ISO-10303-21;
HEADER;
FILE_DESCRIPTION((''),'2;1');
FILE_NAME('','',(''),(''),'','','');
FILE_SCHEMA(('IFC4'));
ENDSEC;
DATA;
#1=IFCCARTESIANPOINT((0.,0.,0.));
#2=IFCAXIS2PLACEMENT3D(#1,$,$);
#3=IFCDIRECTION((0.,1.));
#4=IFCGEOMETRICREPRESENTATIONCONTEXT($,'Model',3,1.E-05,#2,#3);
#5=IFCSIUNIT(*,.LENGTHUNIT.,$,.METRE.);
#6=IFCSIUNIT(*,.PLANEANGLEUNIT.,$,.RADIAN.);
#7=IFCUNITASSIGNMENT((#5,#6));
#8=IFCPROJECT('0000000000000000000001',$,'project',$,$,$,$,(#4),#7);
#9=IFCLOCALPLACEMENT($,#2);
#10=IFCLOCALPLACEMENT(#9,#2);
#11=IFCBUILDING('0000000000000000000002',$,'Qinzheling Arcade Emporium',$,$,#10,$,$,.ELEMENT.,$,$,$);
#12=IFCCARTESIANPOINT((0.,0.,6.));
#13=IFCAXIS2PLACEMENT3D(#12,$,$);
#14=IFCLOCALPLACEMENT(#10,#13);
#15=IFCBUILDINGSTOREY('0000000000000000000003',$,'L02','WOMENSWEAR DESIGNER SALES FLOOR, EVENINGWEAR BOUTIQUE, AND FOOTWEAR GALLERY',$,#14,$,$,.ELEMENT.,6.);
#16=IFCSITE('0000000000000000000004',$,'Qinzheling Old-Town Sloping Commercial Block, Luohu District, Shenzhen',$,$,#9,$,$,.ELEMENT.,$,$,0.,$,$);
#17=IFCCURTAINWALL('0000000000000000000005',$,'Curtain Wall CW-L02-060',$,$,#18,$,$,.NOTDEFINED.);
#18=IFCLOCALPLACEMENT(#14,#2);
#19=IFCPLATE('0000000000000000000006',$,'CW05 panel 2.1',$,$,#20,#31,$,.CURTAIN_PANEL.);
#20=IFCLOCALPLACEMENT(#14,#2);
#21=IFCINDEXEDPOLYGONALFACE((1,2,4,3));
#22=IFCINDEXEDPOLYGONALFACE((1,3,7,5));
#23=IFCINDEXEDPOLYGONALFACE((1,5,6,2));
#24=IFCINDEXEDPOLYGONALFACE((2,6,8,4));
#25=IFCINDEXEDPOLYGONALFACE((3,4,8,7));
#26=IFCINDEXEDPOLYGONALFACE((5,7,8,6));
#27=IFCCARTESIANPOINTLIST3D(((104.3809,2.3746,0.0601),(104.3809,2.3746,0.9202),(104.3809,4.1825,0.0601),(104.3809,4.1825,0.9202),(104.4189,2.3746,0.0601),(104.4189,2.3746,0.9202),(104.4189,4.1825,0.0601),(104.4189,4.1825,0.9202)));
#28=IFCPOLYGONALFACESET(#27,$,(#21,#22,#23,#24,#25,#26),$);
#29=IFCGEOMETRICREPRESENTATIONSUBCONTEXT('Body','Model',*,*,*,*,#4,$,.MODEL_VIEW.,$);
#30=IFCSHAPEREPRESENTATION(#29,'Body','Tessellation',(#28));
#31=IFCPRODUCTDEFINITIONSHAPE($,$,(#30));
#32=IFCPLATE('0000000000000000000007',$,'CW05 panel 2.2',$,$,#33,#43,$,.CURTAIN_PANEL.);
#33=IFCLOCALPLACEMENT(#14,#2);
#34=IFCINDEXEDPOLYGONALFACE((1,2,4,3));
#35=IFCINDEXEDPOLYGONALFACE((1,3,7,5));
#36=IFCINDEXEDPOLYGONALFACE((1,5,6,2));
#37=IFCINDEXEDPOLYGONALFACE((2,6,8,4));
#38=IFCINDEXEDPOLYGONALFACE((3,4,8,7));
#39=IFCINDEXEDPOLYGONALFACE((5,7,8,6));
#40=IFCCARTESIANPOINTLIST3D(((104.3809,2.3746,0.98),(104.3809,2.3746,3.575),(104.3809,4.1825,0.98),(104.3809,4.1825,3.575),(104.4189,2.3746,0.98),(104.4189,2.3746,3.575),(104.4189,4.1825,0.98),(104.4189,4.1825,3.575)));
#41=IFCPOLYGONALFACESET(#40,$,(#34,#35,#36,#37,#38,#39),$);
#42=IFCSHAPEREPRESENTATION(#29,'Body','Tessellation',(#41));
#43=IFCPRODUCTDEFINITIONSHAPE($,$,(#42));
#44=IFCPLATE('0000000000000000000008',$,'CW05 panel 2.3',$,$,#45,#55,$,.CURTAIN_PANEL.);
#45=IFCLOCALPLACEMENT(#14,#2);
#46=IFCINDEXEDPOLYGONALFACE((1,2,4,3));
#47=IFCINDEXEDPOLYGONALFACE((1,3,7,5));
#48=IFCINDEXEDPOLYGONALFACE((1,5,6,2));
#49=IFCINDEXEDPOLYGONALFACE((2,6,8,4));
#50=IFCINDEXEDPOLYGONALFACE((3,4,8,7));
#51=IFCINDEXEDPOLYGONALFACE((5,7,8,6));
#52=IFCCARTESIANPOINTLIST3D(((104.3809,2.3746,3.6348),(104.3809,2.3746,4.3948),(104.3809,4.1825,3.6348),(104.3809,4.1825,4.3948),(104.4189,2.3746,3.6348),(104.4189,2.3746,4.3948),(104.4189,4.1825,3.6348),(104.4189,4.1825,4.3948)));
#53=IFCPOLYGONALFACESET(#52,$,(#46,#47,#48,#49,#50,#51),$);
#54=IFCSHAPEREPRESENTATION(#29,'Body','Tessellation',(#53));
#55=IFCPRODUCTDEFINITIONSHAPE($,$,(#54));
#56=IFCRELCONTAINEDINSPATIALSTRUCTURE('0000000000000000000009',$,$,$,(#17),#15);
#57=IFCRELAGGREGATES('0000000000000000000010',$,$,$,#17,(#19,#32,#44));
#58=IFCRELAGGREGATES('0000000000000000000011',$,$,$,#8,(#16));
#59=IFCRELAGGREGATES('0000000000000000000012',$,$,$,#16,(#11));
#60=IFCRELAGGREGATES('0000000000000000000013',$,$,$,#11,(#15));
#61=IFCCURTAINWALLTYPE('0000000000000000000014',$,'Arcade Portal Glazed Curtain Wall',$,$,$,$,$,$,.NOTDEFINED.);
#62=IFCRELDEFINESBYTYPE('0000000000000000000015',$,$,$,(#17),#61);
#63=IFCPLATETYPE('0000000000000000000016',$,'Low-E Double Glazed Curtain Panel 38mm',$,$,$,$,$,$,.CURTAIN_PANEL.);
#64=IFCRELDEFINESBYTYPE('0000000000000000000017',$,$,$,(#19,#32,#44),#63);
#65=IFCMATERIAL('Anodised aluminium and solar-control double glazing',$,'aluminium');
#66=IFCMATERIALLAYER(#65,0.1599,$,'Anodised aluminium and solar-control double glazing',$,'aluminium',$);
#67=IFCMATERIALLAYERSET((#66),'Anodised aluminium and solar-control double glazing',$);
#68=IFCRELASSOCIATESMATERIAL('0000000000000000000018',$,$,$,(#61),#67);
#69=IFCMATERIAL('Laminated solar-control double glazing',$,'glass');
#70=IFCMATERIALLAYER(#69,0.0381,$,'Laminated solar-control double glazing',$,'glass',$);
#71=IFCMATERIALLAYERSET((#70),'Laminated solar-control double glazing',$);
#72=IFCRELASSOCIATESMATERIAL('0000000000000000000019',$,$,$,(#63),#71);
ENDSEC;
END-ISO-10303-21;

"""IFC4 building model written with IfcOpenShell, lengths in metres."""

from ifc_helpers import new_model, si_unit, direction, frame, origin, origin_2d, place, context, subcontext, project, spatial, rectangle, extrude, material, layer, layer_set, type_object, element, aggregate, save


model = new_model("IFC4")

# Units and contexts
model_context = context("Model", 3, precision=1e-05, world=origin(), true_north=direction((0.0, 1.0)))
body_context = subcontext(model_context, "Body", "Model", "MODEL_VIEW")
ifc_project = project(units=[si_unit("LENGTHUNIT", "METRE"), si_unit("PLANEANGLEUNIT", "RADIAN")], contexts=[model_context])

# Site, building, storey
site_placement = place(None, origin())
site = spatial("IfcSite", under=ifc_project, at=site_placement, Name="Qinzheling Old-Town Sloping Commercial Block, Luohu District, Shenzhen", CompositionType="ELEMENT", RefElevation=0.0)
building_placement = place(site_placement, origin())
building = spatial("IfcBuilding", under=site, at=building_placement, Name="Qinzheling Arcade Emporium", CompositionType="ELEMENT")
storey_placement = place(building_placement, frame((0.0, 0.0, 6.0)))
storey = spatial("IfcBuildingStorey", under=building, at=storey_placement, Name="L02", Description="WOMENSWEAR DESIGNER SALES FLOOR, EVENINGWEAR BOUTIQUE, AND FOOTWEAR GALLERY", CompositionType="ELEMENT", Elevation=6.0)

# Curtain wall
ifc_material_1 = material(Name="Anodised aluminium and solar-control double glazing", Category="aluminium")
ifc_layer_1 = layer(ifc_material_1, 0.1599, Name="Anodised aluminium and solar-control double glazing", Category="aluminium")
ifc_layer_set_1 = layer_set([ifc_layer_1], Name="Anodised aluminium and solar-control double glazing")
curtain_wall_type = type_object("IfcCurtainWallType", Name="Arcade Portal Glazed Curtain Wall", PredefinedType="NOTDEFINED", material=ifc_layer_set_1)
curtain_wall_placement = place(storey_placement, origin())
curtain_wall = element("IfcCurtainWall", 1, at=curtain_wall_placement, inside=storey, type_object=curtain_wall_type, Name="Curtain Wall CW-L02-060", PredefinedType="NOTDEFINED")

# Plates
ifc_material_2 = material(Name="Laminated solar-control double glazing", Category="glass")
ifc_layer_2 = layer(ifc_material_2, 0.0381, Name="Laminated solar-control double glazing", Category="glass")
ifc_layer_set_2 = layer_set([ifc_layer_2], Name="Laminated solar-control double glazing")
plate_type = type_object("IfcPlateType", Name="Low-E Double Glazed Curtain Panel 38mm", PredefinedType="CURTAIN_PANEL", material=ifc_layer_set_2)
plate_1_placement = place(storey_placement, frame((104.3999, 3.2786, 0.0601), z_axis=(0.0, 0.0, 1.0), x_axis=(0.0, 1.0, 0.0)))
plate_1 = element("IfcPlate", 2, at=plate_1_placement, type_object=plate_type, Name="CW05 panel 2.1", PredefinedType="CURTAIN_PANEL", context=body_context, shape_type="SweptSolid", body=[
    extrude(rectangle(XDim=1.8079, YDim=0.0381, at=origin_2d()), origin(), (0.0, 0.0, 1.0), 0.8601),
])
plate_2_placement = place(storey_placement, frame((104.3999, 3.2786, 0.98), z_axis=(0.0, 0.0, 1.0), x_axis=(0.0, 1.0, 0.0)))
plate_2 = element("IfcPlate", 3, at=plate_2_placement, type_object=plate_type, Name="CW05 panel 2.2", PredefinedType="CURTAIN_PANEL", context=body_context, shape_type="SweptSolid", body=[
    extrude(rectangle(XDim=1.8079, YDim=0.0381, at=origin_2d()), origin(), (0.0, 0.0, 1.0), 2.595),
])
plate_3_placement = place(storey_placement, frame((104.3999, 3.2786, 3.6348), z_axis=(0.0, 0.0, 1.0), x_axis=(0.0, 1.0, 0.0)))
plate_3 = element("IfcPlate", 4, at=plate_3_placement, type_object=plate_type, Name="CW05 panel 2.3", PredefinedType="CURTAIN_PANEL", context=body_context, shape_type="SweptSolid", body=[
    extrude(rectangle(XDim=1.8079, YDim=0.0381, at=origin_2d()), origin(), (0.0, 0.0, 1.0), 0.76),
])
aggregate(curtain_wall, [plate_1, plate_2, plate_3])

save(model, "model.ifc")
